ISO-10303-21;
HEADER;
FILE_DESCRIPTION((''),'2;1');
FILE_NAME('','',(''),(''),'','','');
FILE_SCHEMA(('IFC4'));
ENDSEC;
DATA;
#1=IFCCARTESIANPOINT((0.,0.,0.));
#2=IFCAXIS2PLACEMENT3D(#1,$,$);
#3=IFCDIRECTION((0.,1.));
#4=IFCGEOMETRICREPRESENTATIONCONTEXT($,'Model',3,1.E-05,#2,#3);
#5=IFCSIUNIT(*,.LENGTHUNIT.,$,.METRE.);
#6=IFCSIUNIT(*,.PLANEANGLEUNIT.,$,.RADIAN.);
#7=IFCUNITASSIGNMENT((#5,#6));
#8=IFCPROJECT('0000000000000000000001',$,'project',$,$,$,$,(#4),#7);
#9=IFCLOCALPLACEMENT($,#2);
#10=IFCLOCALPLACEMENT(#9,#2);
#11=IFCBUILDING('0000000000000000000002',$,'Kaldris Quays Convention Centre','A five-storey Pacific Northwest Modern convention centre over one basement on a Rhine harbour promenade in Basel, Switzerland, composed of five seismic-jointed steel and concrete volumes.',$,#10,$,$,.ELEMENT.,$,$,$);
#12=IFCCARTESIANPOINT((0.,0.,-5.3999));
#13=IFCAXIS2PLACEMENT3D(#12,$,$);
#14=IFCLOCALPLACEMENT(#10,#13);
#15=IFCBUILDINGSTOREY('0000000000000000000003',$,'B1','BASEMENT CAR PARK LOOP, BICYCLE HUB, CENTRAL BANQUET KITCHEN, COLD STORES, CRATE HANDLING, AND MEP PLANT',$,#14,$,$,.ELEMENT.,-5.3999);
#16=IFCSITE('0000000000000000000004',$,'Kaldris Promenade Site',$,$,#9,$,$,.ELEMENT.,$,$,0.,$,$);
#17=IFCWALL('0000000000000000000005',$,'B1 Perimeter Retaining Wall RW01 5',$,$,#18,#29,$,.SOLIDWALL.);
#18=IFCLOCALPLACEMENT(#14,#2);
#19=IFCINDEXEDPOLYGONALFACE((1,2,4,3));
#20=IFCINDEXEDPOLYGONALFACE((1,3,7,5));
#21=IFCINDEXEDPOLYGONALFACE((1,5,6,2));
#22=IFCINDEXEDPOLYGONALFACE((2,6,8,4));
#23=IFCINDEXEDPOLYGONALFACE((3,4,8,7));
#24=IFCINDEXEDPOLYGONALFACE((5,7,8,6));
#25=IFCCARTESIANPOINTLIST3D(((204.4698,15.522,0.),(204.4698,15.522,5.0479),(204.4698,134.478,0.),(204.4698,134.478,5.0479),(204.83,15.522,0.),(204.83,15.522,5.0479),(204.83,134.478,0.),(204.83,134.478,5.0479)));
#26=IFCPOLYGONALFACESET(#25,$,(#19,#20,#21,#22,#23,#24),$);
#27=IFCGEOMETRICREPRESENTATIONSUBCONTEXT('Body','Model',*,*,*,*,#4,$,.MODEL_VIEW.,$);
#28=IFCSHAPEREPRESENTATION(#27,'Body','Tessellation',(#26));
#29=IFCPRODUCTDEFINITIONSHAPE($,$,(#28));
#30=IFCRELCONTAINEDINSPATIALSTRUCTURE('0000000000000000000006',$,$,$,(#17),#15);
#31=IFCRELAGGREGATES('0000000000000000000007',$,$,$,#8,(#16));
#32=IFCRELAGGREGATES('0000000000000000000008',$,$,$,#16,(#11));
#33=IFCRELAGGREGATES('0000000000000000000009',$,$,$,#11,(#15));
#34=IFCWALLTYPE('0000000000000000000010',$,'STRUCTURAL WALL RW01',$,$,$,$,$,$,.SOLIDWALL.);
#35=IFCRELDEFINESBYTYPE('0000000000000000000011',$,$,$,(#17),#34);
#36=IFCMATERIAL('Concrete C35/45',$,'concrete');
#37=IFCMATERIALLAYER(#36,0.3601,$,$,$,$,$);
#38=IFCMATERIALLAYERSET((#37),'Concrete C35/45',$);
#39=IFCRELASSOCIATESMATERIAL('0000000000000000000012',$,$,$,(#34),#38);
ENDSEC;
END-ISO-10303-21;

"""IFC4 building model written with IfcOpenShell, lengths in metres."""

from ifc_helpers import new_model, si_unit, direction, frame, frame_2d, origin, place, context, subcontext, project, spatial, rectangle, extrude, material, layer, layer_set, type_object, element, save


model = new_model("IFC4")

# Units and contexts
model_context = context("Model", 3, precision=1e-05, world=origin(), true_north=direction((0.0, 1.0)))
body_context = subcontext(model_context, "Body", "Model", "MODEL_VIEW")
ifc_project = project(units=[si_unit("LENGTHUNIT", "METRE"), si_unit("PLANEANGLEUNIT", "RADIAN")], contexts=[model_context])

# Site, building, storey
site_placement = place(None, origin())
site = spatial("IfcSite", under=ifc_project, at=site_placement, Name="Kaldris Promenade Site", CompositionType="ELEMENT", RefElevation=0.0)
building_placement = place(site_placement, origin())
building = spatial("IfcBuilding", under=site, at=building_placement, Name="Kaldris Quays Convention Centre", Description="A five-storey Pacific Northwest Modern convention centre over one basement on a Rhine harbour promenade in Basel, Switzerland, composed of five seismic-jointed steel and concrete volumes.", CompositionType="ELEMENT")
storey_placement = place(building_placement, frame((0.0, 0.0, -5.3999)))
storey = spatial("IfcBuildingStorey", under=building, at=storey_placement, Name="B1", Description="BASEMENT CAR PARK LOOP, BICYCLE HUB, CENTRAL BANQUET KITCHEN, COLD STORES, CRATE HANDLING, AND MEP PLANT", CompositionType="ELEMENT", Elevation=-5.3999)

# Shared definitions
ifc_material_1 = material(Name="Concrete C35/45", Category="concrete")

# Wall
ifc_layer = layer(ifc_material_1, 0.3601)
ifc_layer_set = layer_set([ifc_layer], Name="Concrete C35/45")
wall_type = type_object("IfcWallType", Name="STRUCTURAL WALL RW01", PredefinedType="SOLIDWALL", material=ifc_layer_set)
wall_placement = place(storey_placement, frame((204.6499, 134.478, 0.0), z_axis=(0.0, 0.0, 1.0), x_axis=(0.0, -1.0, 0.0)))
element("IfcWall", 1, at=wall_placement, inside=storey, type_object=wall_type, Name="B1 Perimeter Retaining Wall RW01 5", PredefinedType="SOLIDWALL", context=body_context, shape_type="SweptSolid", body=[
    extrude(rectangle(XDim=118.9561, YDim=0.3601, at=frame_2d((59.478, 0.0))), origin(), (0.0, 0.0, 1.0), 5.0479),
])

save(model, "model.ifc")
